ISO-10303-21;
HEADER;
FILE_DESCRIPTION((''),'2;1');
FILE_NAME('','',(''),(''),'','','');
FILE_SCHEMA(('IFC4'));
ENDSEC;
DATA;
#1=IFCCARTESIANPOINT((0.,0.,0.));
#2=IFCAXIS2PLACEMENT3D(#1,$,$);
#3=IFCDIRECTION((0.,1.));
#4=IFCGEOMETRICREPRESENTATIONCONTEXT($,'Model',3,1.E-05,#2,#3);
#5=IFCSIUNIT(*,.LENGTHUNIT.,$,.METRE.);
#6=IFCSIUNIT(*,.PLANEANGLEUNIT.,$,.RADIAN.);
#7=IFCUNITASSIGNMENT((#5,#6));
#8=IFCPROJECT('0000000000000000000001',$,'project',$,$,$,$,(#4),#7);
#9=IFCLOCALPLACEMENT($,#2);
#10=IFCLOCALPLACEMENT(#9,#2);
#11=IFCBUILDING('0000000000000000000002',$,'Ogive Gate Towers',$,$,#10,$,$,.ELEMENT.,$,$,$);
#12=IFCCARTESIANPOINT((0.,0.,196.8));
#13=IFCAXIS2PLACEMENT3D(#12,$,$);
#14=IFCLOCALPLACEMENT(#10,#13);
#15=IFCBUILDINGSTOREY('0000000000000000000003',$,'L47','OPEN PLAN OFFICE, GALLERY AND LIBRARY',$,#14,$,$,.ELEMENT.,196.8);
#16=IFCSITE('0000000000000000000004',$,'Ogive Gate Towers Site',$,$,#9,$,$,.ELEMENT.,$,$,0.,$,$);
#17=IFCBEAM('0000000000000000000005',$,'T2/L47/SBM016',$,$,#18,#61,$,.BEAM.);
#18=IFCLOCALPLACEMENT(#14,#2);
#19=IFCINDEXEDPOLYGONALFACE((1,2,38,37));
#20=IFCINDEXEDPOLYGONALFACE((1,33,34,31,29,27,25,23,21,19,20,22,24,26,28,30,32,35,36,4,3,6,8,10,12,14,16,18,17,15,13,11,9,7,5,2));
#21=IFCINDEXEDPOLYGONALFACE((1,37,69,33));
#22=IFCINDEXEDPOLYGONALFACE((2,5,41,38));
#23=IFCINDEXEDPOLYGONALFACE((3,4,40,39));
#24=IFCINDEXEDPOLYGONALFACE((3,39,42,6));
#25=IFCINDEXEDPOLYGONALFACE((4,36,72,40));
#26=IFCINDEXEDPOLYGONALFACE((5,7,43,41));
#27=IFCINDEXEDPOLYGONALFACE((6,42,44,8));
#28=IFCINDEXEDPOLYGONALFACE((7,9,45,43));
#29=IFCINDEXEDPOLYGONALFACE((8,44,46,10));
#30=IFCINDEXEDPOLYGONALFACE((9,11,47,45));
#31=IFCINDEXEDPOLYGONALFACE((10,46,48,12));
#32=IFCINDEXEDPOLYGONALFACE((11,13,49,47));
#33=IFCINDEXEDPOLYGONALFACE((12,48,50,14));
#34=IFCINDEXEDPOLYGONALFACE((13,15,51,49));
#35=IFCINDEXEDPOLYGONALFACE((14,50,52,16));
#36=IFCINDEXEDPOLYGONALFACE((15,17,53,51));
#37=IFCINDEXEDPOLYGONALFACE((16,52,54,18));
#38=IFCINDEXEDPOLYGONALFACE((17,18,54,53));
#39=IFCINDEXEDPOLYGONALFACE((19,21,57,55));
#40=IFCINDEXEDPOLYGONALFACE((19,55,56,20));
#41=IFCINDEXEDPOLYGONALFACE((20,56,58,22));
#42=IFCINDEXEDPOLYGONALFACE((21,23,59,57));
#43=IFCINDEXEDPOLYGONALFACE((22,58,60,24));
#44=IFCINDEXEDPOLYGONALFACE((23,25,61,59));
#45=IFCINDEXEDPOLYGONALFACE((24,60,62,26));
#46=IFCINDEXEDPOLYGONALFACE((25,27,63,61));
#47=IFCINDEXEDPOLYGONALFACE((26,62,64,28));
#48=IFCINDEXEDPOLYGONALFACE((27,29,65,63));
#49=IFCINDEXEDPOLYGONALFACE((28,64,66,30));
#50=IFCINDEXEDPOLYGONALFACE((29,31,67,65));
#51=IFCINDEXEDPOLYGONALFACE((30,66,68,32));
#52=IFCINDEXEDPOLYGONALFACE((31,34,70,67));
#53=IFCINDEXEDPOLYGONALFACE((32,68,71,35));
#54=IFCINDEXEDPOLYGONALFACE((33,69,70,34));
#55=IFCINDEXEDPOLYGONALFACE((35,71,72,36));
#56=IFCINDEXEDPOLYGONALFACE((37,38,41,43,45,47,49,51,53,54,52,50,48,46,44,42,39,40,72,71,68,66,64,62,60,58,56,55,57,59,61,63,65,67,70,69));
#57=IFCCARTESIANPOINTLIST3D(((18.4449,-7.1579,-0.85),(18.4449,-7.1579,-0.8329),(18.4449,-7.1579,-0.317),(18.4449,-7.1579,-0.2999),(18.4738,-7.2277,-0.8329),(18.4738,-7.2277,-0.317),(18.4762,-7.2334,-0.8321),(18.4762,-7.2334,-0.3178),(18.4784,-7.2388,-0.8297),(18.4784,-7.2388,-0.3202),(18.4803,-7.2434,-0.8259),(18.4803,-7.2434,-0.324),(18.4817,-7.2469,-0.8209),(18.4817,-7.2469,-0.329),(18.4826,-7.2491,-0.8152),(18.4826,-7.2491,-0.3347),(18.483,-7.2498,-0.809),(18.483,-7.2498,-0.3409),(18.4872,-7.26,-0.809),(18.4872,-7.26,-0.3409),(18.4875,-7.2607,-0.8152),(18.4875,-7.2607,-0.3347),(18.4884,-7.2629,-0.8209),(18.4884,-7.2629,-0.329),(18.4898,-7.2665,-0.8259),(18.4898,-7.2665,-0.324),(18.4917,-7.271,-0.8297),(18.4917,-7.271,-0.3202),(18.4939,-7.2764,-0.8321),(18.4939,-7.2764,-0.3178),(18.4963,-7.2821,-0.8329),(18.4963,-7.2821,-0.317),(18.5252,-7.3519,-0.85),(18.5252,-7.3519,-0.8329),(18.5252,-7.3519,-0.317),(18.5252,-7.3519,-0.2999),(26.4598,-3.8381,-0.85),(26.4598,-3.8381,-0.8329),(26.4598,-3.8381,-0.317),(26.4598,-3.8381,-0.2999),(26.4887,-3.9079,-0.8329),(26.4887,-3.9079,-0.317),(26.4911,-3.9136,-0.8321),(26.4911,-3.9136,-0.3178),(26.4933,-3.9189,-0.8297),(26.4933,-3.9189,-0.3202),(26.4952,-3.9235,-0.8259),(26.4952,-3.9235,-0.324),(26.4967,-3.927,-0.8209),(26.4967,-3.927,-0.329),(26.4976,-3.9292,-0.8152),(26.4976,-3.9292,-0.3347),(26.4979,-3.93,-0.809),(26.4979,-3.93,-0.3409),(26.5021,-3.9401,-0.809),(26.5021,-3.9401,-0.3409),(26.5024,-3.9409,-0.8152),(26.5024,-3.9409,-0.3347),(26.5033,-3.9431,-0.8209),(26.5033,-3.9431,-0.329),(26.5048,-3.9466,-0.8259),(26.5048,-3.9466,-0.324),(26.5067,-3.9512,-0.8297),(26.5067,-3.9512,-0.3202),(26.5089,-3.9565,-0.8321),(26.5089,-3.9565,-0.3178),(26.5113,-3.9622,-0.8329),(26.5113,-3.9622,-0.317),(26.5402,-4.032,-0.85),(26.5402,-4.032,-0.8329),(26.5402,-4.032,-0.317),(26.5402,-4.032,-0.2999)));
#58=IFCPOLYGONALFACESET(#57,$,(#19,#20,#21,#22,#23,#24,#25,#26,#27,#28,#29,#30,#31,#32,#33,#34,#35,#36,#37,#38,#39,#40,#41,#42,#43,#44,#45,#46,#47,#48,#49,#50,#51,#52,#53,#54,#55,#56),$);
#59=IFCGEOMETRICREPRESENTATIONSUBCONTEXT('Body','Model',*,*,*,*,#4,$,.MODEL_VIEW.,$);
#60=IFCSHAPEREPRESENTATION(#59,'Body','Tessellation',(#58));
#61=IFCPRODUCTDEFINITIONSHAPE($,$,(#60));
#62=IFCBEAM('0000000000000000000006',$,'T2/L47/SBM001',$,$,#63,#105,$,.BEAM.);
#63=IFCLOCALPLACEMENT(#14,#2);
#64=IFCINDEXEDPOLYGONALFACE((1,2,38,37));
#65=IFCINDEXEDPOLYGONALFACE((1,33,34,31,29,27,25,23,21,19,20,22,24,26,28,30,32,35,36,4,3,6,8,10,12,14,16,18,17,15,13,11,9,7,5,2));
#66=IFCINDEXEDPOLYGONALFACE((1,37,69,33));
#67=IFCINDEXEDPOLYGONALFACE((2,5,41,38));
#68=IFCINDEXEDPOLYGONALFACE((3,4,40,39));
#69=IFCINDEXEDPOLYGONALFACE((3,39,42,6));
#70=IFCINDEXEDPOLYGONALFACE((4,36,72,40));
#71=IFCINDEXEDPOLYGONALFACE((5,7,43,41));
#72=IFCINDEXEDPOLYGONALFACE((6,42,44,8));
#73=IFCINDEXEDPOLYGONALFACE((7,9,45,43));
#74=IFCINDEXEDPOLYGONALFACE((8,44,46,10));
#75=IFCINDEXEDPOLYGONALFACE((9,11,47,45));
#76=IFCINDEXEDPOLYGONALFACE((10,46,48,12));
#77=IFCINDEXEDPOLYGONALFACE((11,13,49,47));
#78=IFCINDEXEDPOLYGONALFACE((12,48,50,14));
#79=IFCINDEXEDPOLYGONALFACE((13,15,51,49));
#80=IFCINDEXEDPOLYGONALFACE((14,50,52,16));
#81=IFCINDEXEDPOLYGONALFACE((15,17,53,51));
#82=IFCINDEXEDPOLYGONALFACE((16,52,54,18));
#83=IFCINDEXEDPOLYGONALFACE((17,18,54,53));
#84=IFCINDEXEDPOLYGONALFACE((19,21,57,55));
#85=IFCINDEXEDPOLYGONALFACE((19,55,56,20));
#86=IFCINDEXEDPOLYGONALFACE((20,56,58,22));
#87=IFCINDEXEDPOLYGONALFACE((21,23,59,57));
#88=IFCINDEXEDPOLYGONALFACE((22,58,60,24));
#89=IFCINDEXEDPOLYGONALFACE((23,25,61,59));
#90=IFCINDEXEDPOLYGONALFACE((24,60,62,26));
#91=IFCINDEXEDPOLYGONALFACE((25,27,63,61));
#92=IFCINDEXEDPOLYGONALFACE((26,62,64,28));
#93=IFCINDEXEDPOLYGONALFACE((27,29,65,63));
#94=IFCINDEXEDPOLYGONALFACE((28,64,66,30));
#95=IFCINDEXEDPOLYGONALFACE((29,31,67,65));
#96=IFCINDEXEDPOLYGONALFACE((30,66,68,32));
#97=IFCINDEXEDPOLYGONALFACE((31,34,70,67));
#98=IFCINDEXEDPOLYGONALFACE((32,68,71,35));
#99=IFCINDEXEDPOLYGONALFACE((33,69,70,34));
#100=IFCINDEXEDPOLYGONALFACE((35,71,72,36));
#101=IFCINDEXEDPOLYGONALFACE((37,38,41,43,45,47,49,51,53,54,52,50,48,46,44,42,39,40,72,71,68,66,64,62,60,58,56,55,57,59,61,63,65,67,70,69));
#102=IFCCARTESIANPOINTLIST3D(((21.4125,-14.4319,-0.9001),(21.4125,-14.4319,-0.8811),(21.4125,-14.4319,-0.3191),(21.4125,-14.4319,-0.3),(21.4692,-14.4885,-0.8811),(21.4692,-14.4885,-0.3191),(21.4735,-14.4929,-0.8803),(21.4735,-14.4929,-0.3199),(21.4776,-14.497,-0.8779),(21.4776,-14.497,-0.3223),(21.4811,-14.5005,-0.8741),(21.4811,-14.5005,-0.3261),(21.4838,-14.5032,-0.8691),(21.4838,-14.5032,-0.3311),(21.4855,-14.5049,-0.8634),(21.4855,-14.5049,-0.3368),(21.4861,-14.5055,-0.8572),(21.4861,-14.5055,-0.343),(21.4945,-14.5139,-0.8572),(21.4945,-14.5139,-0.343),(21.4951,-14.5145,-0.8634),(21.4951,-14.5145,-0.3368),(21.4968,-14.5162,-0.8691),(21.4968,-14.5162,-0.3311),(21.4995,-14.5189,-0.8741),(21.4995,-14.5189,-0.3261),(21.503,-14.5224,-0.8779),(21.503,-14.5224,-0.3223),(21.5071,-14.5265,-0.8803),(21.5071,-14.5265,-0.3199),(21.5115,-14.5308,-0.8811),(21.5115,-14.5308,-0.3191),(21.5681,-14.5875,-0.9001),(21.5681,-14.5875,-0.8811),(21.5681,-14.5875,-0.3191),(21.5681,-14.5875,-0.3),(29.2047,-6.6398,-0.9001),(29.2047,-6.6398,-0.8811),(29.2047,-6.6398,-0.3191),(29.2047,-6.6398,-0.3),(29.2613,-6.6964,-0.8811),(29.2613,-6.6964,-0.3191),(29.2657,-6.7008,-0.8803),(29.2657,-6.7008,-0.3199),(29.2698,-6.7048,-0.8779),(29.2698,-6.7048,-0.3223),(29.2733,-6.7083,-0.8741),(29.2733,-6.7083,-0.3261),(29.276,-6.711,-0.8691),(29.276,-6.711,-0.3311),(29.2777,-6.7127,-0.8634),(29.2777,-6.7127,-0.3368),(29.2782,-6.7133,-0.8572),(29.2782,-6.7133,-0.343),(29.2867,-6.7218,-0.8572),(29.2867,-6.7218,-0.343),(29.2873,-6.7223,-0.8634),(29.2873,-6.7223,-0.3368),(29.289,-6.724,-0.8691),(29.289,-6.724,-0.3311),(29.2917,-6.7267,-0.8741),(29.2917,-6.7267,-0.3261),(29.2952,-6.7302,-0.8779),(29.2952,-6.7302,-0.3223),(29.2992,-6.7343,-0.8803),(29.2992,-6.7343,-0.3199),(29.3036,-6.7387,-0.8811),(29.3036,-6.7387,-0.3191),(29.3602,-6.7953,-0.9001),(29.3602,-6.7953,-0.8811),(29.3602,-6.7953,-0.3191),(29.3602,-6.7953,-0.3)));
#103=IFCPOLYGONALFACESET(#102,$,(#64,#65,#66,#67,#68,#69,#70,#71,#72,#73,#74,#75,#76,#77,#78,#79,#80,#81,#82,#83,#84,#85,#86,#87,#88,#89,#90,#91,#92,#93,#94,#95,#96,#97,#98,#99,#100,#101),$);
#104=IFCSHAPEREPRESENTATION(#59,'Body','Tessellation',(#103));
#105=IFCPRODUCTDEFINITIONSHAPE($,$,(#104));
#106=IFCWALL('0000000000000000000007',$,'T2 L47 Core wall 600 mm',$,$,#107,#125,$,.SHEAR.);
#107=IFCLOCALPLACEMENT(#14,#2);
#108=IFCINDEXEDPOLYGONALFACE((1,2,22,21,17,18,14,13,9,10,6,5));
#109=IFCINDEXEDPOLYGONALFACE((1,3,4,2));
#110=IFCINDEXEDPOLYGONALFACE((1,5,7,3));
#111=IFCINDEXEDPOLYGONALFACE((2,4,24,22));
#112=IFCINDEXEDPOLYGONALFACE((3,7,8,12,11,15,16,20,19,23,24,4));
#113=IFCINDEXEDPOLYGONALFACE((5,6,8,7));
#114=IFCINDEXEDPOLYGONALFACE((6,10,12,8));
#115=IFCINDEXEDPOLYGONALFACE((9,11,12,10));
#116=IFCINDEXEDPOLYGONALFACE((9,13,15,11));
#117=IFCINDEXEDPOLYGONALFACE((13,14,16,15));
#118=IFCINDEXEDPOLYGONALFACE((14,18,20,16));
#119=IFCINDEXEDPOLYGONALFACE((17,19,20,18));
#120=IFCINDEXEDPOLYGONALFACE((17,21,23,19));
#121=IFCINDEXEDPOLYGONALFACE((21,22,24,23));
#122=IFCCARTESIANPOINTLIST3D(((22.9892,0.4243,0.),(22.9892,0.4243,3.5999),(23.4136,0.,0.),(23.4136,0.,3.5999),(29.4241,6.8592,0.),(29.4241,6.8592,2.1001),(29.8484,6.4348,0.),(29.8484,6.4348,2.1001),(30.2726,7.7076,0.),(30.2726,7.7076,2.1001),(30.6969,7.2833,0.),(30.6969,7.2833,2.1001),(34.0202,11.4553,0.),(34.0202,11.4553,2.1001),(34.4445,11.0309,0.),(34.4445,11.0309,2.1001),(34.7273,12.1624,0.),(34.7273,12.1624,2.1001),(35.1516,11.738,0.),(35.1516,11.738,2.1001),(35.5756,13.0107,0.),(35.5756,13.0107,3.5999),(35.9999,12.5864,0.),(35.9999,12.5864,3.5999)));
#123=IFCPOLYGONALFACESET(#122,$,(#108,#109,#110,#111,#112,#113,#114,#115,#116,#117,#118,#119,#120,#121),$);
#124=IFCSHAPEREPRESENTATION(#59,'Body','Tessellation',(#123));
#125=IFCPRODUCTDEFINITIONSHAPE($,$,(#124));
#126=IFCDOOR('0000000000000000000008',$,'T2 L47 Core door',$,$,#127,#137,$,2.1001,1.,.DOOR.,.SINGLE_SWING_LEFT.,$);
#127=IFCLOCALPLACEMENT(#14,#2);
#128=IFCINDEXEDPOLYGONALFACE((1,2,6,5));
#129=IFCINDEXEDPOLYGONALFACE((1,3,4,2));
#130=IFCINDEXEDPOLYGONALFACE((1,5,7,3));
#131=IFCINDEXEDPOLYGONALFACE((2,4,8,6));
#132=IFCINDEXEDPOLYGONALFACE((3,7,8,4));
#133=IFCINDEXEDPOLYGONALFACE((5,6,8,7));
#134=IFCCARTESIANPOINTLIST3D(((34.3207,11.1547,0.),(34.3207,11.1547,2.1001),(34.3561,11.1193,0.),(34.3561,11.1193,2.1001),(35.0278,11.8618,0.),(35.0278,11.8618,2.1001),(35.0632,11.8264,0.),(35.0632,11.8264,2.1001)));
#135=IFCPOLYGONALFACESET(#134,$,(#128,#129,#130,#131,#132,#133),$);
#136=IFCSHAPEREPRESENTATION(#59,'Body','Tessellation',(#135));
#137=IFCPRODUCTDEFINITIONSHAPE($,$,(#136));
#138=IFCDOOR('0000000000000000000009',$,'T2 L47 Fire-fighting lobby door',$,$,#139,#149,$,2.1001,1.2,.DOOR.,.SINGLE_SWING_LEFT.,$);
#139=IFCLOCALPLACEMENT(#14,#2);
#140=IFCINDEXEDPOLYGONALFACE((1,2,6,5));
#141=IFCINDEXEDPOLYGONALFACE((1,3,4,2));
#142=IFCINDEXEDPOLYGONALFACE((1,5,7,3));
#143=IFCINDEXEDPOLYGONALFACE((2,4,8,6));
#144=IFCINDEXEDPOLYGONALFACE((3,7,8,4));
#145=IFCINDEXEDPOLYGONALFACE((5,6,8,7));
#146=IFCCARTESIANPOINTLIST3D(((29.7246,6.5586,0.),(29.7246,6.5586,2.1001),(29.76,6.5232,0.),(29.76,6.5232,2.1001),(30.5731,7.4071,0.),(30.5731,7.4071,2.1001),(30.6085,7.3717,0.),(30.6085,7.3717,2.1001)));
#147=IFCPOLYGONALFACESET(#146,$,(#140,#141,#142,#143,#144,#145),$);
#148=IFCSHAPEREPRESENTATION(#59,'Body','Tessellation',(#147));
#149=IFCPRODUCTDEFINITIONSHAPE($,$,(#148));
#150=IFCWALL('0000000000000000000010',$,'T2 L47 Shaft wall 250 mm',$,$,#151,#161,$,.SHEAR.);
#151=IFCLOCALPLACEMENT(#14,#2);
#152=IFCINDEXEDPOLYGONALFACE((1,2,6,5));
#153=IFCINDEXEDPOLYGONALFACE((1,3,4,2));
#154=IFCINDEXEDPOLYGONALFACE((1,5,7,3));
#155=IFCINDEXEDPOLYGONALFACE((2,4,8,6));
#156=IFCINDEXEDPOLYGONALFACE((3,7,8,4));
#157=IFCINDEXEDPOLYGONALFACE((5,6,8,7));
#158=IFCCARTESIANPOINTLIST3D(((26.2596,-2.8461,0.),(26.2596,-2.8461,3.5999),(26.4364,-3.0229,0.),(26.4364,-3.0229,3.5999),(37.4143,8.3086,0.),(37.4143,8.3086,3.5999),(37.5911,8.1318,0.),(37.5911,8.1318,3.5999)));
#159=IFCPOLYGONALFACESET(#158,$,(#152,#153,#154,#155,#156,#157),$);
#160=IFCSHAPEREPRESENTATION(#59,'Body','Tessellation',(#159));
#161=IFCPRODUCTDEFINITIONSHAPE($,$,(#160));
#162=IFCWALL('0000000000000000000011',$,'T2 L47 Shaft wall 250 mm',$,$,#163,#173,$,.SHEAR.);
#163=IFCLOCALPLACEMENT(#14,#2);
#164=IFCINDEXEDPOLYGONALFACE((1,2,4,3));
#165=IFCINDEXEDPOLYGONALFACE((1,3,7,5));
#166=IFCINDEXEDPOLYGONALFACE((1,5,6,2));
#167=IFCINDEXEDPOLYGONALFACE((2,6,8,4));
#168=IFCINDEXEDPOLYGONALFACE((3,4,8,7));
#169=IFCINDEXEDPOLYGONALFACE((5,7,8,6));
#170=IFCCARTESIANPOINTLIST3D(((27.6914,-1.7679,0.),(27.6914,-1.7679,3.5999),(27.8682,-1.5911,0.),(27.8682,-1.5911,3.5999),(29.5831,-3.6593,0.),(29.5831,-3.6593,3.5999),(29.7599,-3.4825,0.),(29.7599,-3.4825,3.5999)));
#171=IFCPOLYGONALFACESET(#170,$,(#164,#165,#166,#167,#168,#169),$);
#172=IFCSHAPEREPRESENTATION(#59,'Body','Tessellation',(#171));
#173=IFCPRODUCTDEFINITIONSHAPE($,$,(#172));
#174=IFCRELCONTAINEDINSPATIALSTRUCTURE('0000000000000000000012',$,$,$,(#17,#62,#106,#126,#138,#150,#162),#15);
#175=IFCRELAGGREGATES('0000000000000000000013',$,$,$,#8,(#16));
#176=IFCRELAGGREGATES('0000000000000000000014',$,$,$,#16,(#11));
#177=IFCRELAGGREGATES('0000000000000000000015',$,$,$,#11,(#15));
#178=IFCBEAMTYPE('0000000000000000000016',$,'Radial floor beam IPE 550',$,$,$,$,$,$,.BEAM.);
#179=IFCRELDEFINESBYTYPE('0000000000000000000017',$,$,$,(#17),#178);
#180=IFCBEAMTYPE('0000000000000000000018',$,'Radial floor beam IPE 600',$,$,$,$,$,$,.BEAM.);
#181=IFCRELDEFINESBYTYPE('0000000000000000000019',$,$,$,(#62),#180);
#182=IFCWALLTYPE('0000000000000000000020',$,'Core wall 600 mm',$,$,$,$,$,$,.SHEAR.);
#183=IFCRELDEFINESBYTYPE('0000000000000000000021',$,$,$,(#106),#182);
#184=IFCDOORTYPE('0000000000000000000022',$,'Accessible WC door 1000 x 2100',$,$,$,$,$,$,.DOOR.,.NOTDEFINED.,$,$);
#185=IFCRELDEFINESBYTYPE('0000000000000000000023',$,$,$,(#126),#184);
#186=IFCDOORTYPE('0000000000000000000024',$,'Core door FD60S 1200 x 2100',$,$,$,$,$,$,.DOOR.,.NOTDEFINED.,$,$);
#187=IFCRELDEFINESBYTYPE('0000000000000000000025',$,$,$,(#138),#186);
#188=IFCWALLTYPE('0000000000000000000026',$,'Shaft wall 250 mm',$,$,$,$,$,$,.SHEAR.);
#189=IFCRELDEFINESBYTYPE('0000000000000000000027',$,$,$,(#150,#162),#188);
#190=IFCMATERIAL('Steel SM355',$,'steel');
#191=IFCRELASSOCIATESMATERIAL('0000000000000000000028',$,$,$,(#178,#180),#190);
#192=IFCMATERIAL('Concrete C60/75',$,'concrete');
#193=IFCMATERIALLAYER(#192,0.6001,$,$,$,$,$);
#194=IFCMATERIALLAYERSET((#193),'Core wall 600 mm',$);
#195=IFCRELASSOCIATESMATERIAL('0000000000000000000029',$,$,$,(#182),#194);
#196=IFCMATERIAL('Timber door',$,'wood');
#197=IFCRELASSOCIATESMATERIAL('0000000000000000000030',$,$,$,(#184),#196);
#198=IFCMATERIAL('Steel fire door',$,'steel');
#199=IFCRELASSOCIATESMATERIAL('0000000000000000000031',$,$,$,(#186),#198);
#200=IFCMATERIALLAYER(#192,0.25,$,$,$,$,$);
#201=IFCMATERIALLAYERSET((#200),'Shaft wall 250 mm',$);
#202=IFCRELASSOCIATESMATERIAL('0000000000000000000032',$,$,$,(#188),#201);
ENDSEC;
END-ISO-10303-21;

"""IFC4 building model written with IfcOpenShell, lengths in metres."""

from ifc_helpers import new_model, si_unit, direction, frame, frame_2d, origin, origin_2d, place, context, subcontext, project, spatial, rectangle, i_section, extrude, material, layer, layer_set, material_profile, profile_set, type_object, element, fill, save


model = new_model("IFC4")

# Units and contexts
model_context = context("Model", 3, precision=1e-05, world=origin(), true_north=direction((0.0, 1.0)))
body_context = subcontext(model_context, "Body", "Model", "MODEL_VIEW")
ifc_project = project(units=[si_unit("LENGTHUNIT", "METRE"), si_unit("PLANEANGLEUNIT", "RADIAN")], contexts=[model_context])

# Site, building, storey
site_placement = place(None, origin())
site = spatial("IfcSite", under=ifc_project, at=site_placement, Name="Ogive Gate Towers Site", CompositionType="ELEMENT", RefElevation=0.0)
building_placement = place(site_placement, origin())
building = spatial("IfcBuilding", under=site, at=building_placement, Name="Ogive Gate Towers", CompositionType="ELEMENT")
storey_placement = place(building_placement, frame((0.0, 0.0, 196.8)))
storey = spatial("IfcBuildingStorey", under=building, at=storey_placement, Name="L47", Description="OPEN PLAN OFFICE, GALLERY AND LIBRARY", CompositionType="ELEMENT", Elevation=196.8)

# Beams
ifc_material_1 = material(Name="Steel SM355", Category="steel")
ifc_material_profile_1 = material_profile(ifc_material_1, i_section(OverallWidth=0.21, OverallDepth=0.55, WebThickness=0.011, FlangeThickness=0.0171, FilletRadius=0.0239, at=origin_2d()), Name="IPE 550")
ifc_profile_set_1 = profile_set([ifc_material_profile_1], Name="Steel SM355")
beam_type_1 = type_object("IfcBeamType", Name="Radial floor beam IPE 550", PredefinedType="BEAM", material=ifc_profile_set_1)
beam_1_placement = place(storey_placement, frame((26.5, -3.9351, -0.575), z_axis=(-0.923882, -0.382678, 0.0), x_axis=(0.382678, -0.923882, 0.0)))
element("IfcBeam", 1, at=beam_1_placement, inside=storey, type_object=beam_type_1, Name="T2/L47/SBM016", PredefinedType="BEAM", context=body_context, shape_type="SweptSolid", body=[
    extrude(i_section(OverallWidth=0.21, OverallDepth=0.55, WebThickness=0.011, FlangeThickness=0.0171, FilletRadius=0.0239, at=origin_2d()), origin(), (0.0, 0.0, 1.0), 8.6753),
])
ifc_material_profile_2 = material_profile(ifc_material_1, i_section(OverallWidth=0.22, OverallDepth=0.6001, WebThickness=0.012, FlangeThickness=0.019, FilletRadius=0.0239, at=origin_2d()), Name="IPE 600")
ifc_profile_set_2 = profile_set([ifc_material_profile_2], Name="Steel SM355")
beam_type_2 = type_object("IfcBeamType", Name="Radial floor beam IPE 600", PredefinedType="BEAM", material=ifc_profile_set_2)
beam_2_placement = place(storey_placement, frame((29.2825, -6.7175, -0.6001), z_axis=(-0.707107, -0.707107, 0.0), x_axis=(0.707107, -0.707107, 0.0)))
element("IfcBeam", 2, at=beam_2_placement, inside=storey, type_object=beam_type_2, Name="T2/L47/SBM001", PredefinedType="BEAM", context=body_context, shape_type="SweptSolid", body=[
    extrude(i_section(OverallWidth=0.22, OverallDepth=0.6001, WebThickness=0.012, FlangeThickness=0.019, FilletRadius=0.0239, at=origin_2d()), origin(), (0.0, 0.0, 1.0), 11.0198),
])

# Wall, openings, doors
ifc_material_2 = material(Name="Concrete C60/75", Category="concrete")
ifc_layer_1 = layer(ifc_material_2, 0.6001)
ifc_layer_set_1 = layer_set([ifc_layer_1], Name="Core wall 600 mm")
wall_type_1 = type_object("IfcWallType", Name="Core wall 600 mm", PredefinedType="SHEAR", material=ifc_layer_set_1)
wall_1_placement = place(storey_placement, frame((23.2014, 0.2122, 0.0), z_axis=(0.0, 0.0, 1.0), x_axis=(0.707107, 0.707107, 0.0)))
wall_1 = element("IfcWall", 3, at=wall_1_placement, inside=storey, type_object=wall_type_1, Name="T2 L47 Core wall 600 mm", PredefinedType="SHEAR", context=body_context, shape_type="SweptSolid", body=[
    extrude(rectangle(XDim=17.7998, YDim=0.6001, at=frame_2d((8.8999, 0.0))), origin(), (0.0, 0.0, 1.0), 3.5999),
])
opening_1_placement = place(wall_1_placement, frame((9.1001, 0.0, 0.0)))
opening_1 = element("IfcOpeningElement", 4, at=opening_1_placement, cuts=wall_1, PredefinedType="OPENING", context=body_context, shape_type="SweptSolid", body=[
    extrude(rectangle(XDim=1.2, YDim=2.1001, at=frame_2d((0.6001, 1.05))), frame((0.0, 0.3101, 0.0), z_axis=(0.0, -1.0, 0.0), x_axis=(1.0, 0.0, 0.0)), (0.0, 0.0, 1.0), 0.6201),
])
opening_2_placement = place(wall_1_placement, frame((15.6001, 0.0, 0.0)))
opening_2 = element("IfcOpeningElement", 5, at=opening_2_placement, cuts=wall_1, PredefinedType="OPENING", context=body_context, shape_type="SweptSolid", body=[
    extrude(rectangle(XDim=1.0, YDim=2.1001, at=frame_2d((0.5, 1.05))), frame((0.0, 0.3101, 0.0), z_axis=(0.0, -1.0, 0.0), x_axis=(1.0, 0.0, 0.0)), (0.0, 0.0, 1.0), 0.6201),
])
ifc_material_3 = material(Name="Timber door", Category="wood")
door_type_1 = type_object("IfcDoorType", Name="Accessible WC door 1000 x 2100", OperationType="NOTDEFINED", PredefinedType="DOOR", material=ifc_material_3)
door_1_placement = place(opening_2_placement, origin())
door_1 = element("IfcDoor", 6, at=door_1_placement, inside=storey, type_object=door_type_1, Name="T2 L47 Core door", OperationType="SINGLE_SWING_LEFT", OverallHeight=2.1001, OverallWidth=1.0, PredefinedType="DOOR", context=body_context, shape_type="SweptSolid", body=[
    extrude(rectangle(XDim=1.0, YDim=2.1001, at=frame_2d((0.5, 1.05))), frame((0.0, -0.125, 0.0), z_axis=(0.0, -1.0, 0.0), x_axis=(1.0, 0.0, 0.0)), (0.0, 0.0, 1.0), 0.05),
])
fill(opening_2, door_1)
ifc_material_4 = material(Name="Steel fire door", Category="steel")
door_type_2 = type_object("IfcDoorType", Name="Core door FD60S 1200 x 2100", OperationType="NOTDEFINED", PredefinedType="DOOR", material=ifc_material_4)
door_2_placement = place(opening_1_placement, origin())
door_2 = element("IfcDoor", 7, at=door_2_placement, inside=storey, type_object=door_type_2, Name="T2 L47 Fire-fighting lobby door", OperationType="SINGLE_SWING_LEFT", OverallHeight=2.1001, OverallWidth=1.2, PredefinedType="DOOR", context=body_context, shape_type="SweptSolid", body=[
    extrude(rectangle(XDim=1.2, YDim=2.1001, at=frame_2d((0.6001, 1.05))), frame((0.0, -0.125, 0.0), z_axis=(0.0, -1.0, 0.0), x_axis=(1.0, 0.0, 0.0)), (0.0, 0.0, 1.0), 0.05),
])
fill(opening_1, door_2)

# Walls
ifc_layer_2 = layer(ifc_material_2, 0.25)
ifc_layer_set_2 = layer_set([ifc_layer_2], Name="Shaft wall 250 mm")
wall_type_2 = type_object("IfcWallType", Name="Shaft wall 250 mm", PredefinedType="SHEAR", material=ifc_layer_set_2)
wall_2_placement = place(storey_placement, frame((26.3479, -2.9346, 0.0), z_axis=(0.0, 0.0, 1.0), x_axis=(0.707107, 0.707107, 0.0)))
element("IfcWall", 8, at=wall_2_placement, inside=storey, type_object=wall_type_2, Name="T2 L47 Shaft wall 250 mm", PredefinedType="SHEAR", context=body_context, shape_type="SweptSolid", body=[
    extrude(rectangle(XDim=15.7751, YDim=0.25, at=frame_2d((7.8877, 0.0))), origin(), (0.0, 0.0, 1.0), 3.5999),
])
wall_3_placement = place(storey_placement, frame((29.6714, -3.5708, 0.0), z_axis=(0.0, 0.0, 1.0), x_axis=(-0.707152, 0.707061, 0.0)))
element("IfcWall", 9, at=wall_3_placement, inside=storey, type_object=wall_type_2, Name="T2 L47 Shaft wall 250 mm", PredefinedType="SHEAR", context=body_context, shape_type="SweptSolid", body=[
    extrude(rectangle(XDim=2.675, YDim=0.25, at=frame_2d((1.3374, 0.0))), origin(), (0.0, 0.0, 1.0), 3.5999),
])

save(model, "model.ifc")
